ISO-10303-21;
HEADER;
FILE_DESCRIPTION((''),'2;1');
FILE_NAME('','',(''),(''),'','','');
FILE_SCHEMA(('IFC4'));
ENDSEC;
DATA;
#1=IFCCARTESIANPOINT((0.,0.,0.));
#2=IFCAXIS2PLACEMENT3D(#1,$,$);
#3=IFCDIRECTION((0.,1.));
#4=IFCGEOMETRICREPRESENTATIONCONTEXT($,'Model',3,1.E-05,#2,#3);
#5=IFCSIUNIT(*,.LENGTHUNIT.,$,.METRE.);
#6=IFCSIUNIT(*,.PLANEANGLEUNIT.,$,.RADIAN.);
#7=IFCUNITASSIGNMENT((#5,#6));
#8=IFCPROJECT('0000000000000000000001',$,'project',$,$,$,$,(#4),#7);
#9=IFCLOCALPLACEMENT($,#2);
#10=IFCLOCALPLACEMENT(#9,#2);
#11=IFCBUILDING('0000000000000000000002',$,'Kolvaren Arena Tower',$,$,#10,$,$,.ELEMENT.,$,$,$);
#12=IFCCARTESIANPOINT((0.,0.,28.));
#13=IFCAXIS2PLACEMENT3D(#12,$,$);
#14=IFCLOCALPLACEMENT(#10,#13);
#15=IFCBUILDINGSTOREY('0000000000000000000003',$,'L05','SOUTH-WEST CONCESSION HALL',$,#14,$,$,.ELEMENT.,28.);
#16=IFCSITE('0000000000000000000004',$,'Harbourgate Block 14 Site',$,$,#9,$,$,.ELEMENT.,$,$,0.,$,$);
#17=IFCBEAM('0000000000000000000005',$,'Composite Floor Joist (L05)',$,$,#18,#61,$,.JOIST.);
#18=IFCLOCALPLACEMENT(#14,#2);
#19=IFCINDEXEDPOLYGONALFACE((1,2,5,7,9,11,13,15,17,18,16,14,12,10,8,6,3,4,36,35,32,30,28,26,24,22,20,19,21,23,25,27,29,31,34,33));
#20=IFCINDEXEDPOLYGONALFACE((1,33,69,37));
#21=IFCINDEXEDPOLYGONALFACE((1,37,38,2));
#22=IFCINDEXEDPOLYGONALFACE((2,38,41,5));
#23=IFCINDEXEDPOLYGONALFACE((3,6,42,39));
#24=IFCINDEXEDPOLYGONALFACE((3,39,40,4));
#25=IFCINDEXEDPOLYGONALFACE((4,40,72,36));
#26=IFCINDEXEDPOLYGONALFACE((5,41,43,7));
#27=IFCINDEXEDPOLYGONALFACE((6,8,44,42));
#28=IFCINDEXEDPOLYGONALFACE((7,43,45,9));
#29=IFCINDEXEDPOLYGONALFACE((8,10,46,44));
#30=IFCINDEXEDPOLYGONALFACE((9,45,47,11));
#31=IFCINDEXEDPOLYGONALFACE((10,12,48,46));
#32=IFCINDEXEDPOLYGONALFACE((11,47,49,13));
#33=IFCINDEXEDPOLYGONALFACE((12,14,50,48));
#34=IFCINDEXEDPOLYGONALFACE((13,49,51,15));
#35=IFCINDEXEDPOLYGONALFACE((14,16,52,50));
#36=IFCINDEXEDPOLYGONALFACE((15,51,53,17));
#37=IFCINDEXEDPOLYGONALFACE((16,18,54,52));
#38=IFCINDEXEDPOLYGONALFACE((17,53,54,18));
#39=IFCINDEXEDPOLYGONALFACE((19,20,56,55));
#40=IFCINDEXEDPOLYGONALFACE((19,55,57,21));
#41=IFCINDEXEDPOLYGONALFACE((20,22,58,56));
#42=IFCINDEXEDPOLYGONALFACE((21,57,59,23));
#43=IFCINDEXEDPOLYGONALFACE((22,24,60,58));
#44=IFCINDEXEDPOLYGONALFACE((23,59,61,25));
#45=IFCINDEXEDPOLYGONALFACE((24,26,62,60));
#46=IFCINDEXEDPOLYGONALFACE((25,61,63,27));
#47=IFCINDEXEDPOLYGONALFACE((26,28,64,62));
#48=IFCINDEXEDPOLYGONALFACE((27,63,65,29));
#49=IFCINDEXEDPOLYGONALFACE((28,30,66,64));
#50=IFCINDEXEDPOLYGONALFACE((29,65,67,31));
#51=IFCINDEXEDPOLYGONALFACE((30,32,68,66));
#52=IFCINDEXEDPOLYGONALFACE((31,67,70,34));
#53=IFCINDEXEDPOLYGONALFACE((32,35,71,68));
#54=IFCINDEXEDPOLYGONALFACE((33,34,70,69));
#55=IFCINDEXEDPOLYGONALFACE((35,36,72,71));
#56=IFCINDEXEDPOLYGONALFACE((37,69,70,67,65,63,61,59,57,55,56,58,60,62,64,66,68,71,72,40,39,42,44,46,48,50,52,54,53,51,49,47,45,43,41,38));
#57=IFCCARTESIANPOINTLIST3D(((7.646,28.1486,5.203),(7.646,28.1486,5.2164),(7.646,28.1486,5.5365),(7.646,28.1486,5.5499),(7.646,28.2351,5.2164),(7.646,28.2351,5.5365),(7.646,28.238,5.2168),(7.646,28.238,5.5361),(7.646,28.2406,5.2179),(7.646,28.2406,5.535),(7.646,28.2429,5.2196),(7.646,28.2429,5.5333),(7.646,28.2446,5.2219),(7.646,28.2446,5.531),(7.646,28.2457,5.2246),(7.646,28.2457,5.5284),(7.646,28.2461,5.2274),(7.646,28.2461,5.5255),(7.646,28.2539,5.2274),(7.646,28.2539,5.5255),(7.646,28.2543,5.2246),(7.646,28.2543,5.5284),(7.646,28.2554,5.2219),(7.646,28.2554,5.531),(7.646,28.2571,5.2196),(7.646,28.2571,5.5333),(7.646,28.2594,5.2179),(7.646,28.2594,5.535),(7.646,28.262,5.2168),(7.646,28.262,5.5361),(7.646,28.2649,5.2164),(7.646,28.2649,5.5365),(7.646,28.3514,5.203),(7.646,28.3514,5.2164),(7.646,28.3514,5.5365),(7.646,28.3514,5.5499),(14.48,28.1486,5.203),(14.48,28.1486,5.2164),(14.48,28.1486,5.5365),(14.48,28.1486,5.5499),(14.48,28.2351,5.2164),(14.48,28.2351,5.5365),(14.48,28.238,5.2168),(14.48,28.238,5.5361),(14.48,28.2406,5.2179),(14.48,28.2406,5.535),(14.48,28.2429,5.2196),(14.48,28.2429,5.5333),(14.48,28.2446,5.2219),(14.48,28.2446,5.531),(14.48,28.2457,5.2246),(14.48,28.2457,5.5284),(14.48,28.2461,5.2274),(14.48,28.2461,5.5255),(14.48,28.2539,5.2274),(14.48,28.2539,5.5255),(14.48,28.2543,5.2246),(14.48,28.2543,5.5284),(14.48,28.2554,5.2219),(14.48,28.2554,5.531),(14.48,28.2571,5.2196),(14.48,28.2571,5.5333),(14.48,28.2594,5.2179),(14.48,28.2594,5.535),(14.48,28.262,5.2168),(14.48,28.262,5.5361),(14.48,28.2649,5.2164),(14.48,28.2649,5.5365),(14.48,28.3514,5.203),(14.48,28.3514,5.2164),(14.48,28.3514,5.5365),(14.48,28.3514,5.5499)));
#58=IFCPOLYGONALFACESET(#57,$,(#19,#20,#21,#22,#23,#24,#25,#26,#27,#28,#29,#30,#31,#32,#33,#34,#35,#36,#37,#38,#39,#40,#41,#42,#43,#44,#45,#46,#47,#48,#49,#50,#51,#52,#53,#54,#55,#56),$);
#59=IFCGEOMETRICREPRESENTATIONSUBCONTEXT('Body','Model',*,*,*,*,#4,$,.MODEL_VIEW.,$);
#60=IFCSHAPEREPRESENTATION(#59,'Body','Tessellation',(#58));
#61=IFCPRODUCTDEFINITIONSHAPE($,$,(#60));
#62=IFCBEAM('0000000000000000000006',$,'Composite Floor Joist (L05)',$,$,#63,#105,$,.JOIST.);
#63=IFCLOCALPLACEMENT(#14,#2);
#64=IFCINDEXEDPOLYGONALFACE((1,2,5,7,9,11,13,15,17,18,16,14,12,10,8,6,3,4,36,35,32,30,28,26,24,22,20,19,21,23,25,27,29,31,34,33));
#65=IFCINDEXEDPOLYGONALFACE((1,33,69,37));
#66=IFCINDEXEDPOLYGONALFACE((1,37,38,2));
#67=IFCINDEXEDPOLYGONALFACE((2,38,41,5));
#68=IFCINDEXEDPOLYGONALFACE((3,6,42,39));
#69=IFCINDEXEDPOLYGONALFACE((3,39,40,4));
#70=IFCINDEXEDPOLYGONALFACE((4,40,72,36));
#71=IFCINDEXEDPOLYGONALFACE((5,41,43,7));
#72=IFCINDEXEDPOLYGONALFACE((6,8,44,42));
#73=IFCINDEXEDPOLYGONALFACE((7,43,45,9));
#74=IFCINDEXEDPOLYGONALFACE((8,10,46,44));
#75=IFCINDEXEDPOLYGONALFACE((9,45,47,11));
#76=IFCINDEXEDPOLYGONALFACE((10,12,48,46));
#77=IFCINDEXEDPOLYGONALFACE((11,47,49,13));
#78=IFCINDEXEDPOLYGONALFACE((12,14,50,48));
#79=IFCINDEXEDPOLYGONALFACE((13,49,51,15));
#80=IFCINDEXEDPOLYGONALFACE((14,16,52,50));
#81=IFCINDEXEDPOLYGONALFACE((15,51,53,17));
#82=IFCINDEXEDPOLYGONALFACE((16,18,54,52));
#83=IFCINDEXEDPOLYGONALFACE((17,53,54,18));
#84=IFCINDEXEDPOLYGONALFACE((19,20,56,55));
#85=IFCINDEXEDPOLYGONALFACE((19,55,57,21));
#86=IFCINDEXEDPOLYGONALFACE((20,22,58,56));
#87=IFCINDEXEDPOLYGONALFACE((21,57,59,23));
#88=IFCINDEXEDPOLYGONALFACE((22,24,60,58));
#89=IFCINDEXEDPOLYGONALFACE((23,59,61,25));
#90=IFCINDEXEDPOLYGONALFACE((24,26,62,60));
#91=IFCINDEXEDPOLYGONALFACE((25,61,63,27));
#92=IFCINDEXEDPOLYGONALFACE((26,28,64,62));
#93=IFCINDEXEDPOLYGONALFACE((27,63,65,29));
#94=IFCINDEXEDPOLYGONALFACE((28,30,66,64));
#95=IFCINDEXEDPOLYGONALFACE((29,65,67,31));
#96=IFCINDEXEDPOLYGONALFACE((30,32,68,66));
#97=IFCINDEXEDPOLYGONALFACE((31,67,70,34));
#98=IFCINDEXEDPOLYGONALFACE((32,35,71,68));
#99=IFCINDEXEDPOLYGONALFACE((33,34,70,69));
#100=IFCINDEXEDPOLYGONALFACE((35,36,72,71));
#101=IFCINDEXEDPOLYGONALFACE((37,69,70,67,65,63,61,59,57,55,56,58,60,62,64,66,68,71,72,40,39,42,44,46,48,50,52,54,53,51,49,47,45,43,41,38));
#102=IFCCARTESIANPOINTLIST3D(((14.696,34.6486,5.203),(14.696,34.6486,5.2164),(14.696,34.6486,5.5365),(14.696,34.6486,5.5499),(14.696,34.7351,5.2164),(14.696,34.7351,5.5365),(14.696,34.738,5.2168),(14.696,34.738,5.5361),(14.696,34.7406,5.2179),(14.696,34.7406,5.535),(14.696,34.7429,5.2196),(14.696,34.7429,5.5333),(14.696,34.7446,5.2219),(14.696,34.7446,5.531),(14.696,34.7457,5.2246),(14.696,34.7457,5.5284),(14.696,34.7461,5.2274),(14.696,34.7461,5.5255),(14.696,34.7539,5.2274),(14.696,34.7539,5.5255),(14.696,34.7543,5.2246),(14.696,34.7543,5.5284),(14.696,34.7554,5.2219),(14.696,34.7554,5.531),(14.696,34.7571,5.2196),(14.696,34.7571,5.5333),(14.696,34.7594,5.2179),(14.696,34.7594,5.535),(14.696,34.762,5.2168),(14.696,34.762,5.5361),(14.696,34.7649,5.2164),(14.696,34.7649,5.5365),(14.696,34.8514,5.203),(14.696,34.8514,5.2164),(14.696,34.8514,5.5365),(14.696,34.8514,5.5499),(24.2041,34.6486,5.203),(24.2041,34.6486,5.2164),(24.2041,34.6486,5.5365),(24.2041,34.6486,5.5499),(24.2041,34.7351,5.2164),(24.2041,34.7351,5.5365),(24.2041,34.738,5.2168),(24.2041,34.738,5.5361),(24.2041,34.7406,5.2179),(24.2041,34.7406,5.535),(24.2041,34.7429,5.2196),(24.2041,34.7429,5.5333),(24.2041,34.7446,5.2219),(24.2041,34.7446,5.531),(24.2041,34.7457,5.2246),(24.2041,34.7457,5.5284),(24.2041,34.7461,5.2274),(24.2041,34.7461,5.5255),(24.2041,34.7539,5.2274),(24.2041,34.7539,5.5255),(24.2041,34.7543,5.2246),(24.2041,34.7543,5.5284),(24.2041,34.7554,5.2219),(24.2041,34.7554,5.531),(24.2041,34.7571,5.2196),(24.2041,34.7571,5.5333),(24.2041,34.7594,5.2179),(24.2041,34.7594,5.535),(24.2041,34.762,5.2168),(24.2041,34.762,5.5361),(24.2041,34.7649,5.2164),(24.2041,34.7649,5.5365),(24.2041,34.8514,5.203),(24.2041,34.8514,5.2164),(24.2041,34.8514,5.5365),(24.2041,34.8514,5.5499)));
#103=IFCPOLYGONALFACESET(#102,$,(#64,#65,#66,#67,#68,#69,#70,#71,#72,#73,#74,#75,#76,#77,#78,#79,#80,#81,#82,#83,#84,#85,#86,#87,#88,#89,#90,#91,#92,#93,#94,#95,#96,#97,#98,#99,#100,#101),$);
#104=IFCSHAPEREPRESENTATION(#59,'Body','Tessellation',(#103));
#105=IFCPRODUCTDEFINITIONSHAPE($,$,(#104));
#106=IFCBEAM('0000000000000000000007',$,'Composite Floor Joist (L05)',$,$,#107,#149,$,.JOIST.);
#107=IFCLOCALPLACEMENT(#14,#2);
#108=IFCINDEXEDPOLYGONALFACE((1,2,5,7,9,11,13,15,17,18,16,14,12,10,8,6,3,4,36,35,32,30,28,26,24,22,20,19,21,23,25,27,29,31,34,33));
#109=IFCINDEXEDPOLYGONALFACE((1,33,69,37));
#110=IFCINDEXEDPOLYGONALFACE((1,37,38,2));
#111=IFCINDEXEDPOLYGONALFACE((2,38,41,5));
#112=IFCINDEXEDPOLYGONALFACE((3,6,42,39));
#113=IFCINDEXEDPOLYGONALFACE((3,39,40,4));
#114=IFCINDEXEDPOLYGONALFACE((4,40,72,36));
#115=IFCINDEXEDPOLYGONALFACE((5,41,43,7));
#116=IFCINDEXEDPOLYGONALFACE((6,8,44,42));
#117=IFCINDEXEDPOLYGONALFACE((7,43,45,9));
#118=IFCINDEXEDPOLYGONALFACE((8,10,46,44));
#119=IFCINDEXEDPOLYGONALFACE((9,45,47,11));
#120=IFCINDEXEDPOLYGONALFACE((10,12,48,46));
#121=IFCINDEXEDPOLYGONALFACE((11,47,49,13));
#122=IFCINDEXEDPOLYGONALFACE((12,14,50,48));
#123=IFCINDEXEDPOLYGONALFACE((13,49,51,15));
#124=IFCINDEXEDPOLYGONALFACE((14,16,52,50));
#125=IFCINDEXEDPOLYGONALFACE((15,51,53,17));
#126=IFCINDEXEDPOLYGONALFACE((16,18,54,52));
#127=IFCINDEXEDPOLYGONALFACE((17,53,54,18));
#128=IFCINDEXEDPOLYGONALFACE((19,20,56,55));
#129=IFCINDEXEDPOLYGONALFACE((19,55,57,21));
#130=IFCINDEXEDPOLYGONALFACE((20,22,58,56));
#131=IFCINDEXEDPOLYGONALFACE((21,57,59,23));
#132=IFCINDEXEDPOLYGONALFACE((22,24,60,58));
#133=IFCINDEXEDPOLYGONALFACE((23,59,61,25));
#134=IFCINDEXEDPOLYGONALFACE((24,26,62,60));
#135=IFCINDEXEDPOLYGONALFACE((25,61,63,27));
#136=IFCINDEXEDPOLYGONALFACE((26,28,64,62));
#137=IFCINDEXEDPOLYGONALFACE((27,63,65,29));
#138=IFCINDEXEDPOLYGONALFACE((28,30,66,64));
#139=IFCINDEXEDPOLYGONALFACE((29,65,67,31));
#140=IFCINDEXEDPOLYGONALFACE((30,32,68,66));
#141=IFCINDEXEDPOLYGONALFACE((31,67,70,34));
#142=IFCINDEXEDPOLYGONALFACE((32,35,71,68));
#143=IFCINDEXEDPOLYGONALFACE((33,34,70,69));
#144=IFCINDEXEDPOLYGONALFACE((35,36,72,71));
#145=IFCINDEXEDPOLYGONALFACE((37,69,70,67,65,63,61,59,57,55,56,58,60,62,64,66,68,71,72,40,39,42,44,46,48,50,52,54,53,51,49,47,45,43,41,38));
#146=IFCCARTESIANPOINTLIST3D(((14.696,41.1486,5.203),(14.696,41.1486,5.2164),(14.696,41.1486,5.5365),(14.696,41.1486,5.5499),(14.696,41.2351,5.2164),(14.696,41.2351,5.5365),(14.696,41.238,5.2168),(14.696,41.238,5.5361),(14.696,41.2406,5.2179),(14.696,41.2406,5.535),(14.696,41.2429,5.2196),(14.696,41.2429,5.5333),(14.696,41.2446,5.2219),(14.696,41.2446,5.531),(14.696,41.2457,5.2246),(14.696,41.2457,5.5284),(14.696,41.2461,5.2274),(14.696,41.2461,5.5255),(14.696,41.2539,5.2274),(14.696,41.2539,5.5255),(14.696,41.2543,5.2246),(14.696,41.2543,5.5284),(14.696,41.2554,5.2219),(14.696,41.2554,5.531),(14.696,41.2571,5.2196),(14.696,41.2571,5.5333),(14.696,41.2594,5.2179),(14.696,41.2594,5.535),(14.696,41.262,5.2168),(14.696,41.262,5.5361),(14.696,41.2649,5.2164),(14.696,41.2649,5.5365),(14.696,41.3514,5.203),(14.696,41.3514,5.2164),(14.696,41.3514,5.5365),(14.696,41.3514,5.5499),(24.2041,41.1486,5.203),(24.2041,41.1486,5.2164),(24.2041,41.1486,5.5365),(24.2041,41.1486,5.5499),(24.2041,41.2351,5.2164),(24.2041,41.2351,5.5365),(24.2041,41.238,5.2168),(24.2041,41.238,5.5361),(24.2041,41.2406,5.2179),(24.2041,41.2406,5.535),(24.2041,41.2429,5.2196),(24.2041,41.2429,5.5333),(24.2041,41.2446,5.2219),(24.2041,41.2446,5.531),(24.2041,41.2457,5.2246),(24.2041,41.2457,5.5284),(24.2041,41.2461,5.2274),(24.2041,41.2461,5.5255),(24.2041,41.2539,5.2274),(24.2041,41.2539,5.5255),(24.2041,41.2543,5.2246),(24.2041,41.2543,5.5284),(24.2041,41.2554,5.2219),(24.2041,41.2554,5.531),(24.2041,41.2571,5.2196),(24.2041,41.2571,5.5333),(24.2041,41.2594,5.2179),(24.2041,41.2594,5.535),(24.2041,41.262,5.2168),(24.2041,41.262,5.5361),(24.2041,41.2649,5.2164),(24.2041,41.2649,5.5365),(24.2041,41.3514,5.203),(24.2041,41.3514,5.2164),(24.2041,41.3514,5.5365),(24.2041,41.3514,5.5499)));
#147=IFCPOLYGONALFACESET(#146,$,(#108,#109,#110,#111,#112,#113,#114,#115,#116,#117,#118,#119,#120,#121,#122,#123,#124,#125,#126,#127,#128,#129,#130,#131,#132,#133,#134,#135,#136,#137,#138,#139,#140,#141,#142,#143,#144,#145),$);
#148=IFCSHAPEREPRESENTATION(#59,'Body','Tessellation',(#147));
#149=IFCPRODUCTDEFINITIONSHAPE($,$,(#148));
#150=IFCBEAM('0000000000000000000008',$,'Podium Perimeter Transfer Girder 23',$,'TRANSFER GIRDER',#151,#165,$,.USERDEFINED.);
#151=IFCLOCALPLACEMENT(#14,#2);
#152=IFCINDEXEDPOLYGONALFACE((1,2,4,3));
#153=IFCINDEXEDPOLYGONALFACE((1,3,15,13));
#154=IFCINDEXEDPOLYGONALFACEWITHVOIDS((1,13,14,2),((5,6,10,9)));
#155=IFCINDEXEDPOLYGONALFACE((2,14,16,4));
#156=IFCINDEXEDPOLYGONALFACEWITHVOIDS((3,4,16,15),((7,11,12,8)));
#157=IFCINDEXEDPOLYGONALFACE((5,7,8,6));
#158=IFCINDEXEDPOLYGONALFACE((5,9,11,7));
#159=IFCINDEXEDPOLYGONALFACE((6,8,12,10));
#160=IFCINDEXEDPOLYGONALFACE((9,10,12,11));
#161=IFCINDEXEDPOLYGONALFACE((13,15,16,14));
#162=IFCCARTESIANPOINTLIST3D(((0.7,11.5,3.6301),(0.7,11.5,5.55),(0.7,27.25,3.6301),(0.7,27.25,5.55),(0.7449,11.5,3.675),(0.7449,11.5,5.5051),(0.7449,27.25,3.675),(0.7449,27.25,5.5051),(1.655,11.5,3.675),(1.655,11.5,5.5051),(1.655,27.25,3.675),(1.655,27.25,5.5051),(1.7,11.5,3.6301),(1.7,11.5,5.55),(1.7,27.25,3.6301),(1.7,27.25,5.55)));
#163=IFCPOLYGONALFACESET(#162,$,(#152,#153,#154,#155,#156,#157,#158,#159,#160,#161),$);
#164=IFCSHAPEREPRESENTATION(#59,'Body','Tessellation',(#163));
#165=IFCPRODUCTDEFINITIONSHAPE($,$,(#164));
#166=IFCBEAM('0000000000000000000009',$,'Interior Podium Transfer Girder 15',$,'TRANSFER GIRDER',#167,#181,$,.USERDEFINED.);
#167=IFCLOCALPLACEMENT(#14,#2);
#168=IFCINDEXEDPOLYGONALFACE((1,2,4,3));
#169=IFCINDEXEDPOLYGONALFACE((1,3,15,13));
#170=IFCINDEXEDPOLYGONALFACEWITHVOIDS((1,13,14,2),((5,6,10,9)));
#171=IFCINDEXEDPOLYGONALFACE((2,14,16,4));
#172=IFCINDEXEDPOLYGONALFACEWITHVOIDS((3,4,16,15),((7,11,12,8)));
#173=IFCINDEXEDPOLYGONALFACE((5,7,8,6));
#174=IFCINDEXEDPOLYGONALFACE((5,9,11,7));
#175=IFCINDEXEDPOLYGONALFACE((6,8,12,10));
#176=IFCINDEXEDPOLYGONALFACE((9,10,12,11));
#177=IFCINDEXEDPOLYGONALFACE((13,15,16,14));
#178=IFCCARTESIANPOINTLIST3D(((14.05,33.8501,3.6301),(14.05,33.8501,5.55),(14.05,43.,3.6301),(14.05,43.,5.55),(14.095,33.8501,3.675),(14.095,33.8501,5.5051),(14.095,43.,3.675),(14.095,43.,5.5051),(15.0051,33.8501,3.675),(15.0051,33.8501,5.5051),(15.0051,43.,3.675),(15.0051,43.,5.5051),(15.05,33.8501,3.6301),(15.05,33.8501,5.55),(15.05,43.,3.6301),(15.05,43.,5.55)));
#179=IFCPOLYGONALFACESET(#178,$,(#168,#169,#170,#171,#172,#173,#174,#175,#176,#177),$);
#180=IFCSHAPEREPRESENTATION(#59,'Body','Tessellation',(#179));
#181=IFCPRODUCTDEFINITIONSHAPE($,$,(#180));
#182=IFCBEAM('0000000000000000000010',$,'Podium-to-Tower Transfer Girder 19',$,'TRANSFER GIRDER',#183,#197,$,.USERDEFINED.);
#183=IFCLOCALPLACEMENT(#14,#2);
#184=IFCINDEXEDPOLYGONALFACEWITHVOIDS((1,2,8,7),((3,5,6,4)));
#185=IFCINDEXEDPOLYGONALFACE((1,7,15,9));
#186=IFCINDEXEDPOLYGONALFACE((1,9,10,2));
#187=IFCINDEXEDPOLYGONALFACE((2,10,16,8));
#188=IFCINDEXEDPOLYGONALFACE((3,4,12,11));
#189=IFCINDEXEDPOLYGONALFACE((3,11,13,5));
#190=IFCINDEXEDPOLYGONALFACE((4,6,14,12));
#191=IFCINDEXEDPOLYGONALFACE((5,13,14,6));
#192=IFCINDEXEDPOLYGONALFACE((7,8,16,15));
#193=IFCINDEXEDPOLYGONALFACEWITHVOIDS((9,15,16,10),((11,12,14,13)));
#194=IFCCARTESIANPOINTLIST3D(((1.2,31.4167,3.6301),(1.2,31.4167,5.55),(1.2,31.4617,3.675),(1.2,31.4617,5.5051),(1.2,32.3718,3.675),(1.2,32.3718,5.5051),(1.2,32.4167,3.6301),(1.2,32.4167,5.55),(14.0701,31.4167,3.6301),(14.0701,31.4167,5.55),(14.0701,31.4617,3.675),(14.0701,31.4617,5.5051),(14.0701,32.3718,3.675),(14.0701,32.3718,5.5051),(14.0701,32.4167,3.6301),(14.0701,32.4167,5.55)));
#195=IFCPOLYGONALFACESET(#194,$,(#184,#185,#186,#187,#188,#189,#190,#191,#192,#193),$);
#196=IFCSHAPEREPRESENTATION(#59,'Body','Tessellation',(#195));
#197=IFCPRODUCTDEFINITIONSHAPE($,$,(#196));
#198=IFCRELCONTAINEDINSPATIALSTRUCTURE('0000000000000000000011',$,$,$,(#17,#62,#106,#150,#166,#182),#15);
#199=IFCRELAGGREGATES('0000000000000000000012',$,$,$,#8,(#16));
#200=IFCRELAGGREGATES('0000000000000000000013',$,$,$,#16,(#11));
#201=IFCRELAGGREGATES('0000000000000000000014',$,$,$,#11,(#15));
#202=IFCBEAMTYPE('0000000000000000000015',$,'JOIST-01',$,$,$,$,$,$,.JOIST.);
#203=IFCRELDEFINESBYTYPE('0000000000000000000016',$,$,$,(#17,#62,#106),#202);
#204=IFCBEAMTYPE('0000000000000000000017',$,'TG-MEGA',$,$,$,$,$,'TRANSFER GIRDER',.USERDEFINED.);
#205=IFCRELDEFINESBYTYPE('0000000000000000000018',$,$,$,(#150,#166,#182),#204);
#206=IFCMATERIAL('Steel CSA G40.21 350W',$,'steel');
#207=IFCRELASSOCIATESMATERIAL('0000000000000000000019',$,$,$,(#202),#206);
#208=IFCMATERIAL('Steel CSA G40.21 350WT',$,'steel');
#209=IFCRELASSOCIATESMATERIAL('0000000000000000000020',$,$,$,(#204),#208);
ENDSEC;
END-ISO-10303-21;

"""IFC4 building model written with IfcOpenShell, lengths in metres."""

from ifc_helpers import new_model, si_unit, direction, frame, origin, origin_2d, place, context, subcontext, project, spatial, hollow_rectangle, i_section, extrude, material, material_profile, profile_set, type_object, element, save


model = new_model("IFC4")

# Units and contexts
model_context = context("Model", 3, precision=1e-05, world=origin(), true_north=direction((0.0, 1.0)))
body_context = subcontext(model_context, "Body", "Model", "MODEL_VIEW")
ifc_project = project(units=[si_unit("LENGTHUNIT", "METRE"), si_unit("PLANEANGLEUNIT", "RADIAN")], contexts=[model_context])

# Site, building, storey
site_placement = place(None, origin())
site = spatial("IfcSite", under=ifc_project, at=site_placement, Name="Harbourgate Block 14 Site", CompositionType="ELEMENT", RefElevation=0.0)
building_placement = place(site_placement, origin())
building = spatial("IfcBuilding", under=site, at=building_placement, Name="Kolvaren Arena Tower", CompositionType="ELEMENT")
storey_placement = place(building_placement, frame((0.0, 0.0, 28.0)))
storey = spatial("IfcBuildingStorey", under=building, at=storey_placement, Name="L05", Description="SOUTH-WEST CONCESSION HALL", CompositionType="ELEMENT", Elevation=28.0)

# Beams
ifc_material_1 = material(Name="Steel CSA G40.21 350W", Category="steel")
ifc_material_profile_1 = material_profile(ifc_material_1, i_section(OverallWidth=0.2029, OverallDepth=0.3469, WebThickness=0.0078, FlangeThickness=0.0134, FilletRadius=0.011, at=origin_2d()), Name="W360x64")
ifc_profile_set_1 = profile_set([ifc_material_profile_1], Name="Steel CSA G40.21 350W")
beam_type_1 = type_object("IfcBeamType", Name="JOIST-01", PredefinedType="JOIST", material=ifc_profile_set_1)
beam_1_placement = place(storey_placement, frame((7.646, 28.25, 5.3765), z_axis=(1.0, 0.0, 0.0), x_axis=(0.0, 1.0, 0.0)))
element("IfcBeam", 1, at=beam_1_placement, inside=storey, type_object=beam_type_1, Name="Composite Floor Joist (L05)", PredefinedType="JOIST", context=body_context, shape_type="SweptSolid", body=[
    extrude(i_section(OverallWidth=0.2029, OverallDepth=0.3469, WebThickness=0.0078, FlangeThickness=0.0134, FilletRadius=0.011, at=origin_2d()), origin(), (0.0, 0.0, 1.0), 6.834),
])
for number, where, z_axis, x_axis, name in (
    (2, (14.696, 34.75, 5.3765), (1.0, 0.0, 0.0), (0.0, 1.0, 0.0), "Composite Floor Joist (L05)"),
    (3, (14.696, 41.25, 5.3765), (1.0, 0.0, 0.0), (0.0, 1.0, 0.0), "Composite Floor Joist (L05)"),
):
    element("IfcBeam", number, at=place(storey_placement, frame(where, z_axis=z_axis, x_axis=x_axis)), inside=storey, type_object=beam_type_1, Name=name, PredefinedType="JOIST", context=body_context, shape_type="SweptSolid", body=[
        extrude(i_section(OverallWidth=0.2029, OverallDepth=0.3469, WebThickness=0.0078, FlangeThickness=0.0134, FilletRadius=0.011, at=origin_2d()), origin(), (0.0, 0.0, 1.0), 9.5081),
    ])
ifc_material_2 = material(Name="Steel CSA G40.21 350WT", Category="steel")
ifc_material_profile_2 = material_profile(ifc_material_2, hollow_rectangle(XDim=1.0, YDim=1.9199, WallThickness=0.0449, at=origin_2d()), Name="BOX 1000x1920x45")
ifc_profile_set_2 = profile_set([ifc_material_profile_2], Name="Steel CSA G40.21 350WT")
beam_type_2 = type_object("IfcBeamType", Name="TG-MEGA", ElementType="TRANSFER GIRDER", PredefinedType="USERDEFINED", material=ifc_profile_set_2)
beam_2_placement = place(storey_placement, frame((1.2, 27.25, 4.5901), z_axis=(0.0, -1.0, 0.0), x_axis=(1.0, 0.0, 0.0)))
element("IfcBeam", 4, at=beam_2_placement, inside=storey, type_object=beam_type_2, Name="Podium Perimeter Transfer Girder 23", ObjectType="TRANSFER GIRDER", PredefinedType="USERDEFINED", context=body_context, shape_type="SweptSolid", body=[
    extrude(hollow_rectangle(XDim=1.0, YDim=1.9199, WallThickness=0.0449, at=origin_2d()), origin(), (0.0, 0.0, 1.0), 15.75),
])
beam_3_placement = place(storey_placement, frame((14.55, 33.8501, 4.5901), z_axis=(0.0, 1.0, 0.0), x_axis=(-1.0, 0.0, 0.0)))
element("IfcBeam", 5, at=beam_3_placement, inside=storey, type_object=beam_type_2, Name="Interior Podium Transfer Girder 15", ObjectType="TRANSFER GIRDER", PredefinedType="USERDEFINED", context=body_context, shape_type="SweptSolid", body=[
    extrude(hollow_rectangle(XDim=1.0, YDim=1.9199, WallThickness=0.0449, at=origin_2d()), origin(), (0.0, 0.0, 1.0), 9.1499),
])
beam_4_placement = place(storey_placement, frame((1.2, 31.9167, 4.5901), z_axis=(1.0, 0.0, 0.0), x_axis=(0.0, 1.0, 0.0)))
element("IfcBeam", 6, at=beam_4_placement, inside=storey, type_object=beam_type_2, Name="Podium-to-Tower Transfer Girder 19", ObjectType="TRANSFER GIRDER", PredefinedType="USERDEFINED", context=body_context, shape_type="SweptSolid", body=[
    extrude(hollow_rectangle(XDim=1.0, YDim=1.9199, WallThickness=0.0449, at=origin_2d()), origin(), (0.0, 0.0, 1.0), 12.8701),
])

save(model, "model.ifc")
